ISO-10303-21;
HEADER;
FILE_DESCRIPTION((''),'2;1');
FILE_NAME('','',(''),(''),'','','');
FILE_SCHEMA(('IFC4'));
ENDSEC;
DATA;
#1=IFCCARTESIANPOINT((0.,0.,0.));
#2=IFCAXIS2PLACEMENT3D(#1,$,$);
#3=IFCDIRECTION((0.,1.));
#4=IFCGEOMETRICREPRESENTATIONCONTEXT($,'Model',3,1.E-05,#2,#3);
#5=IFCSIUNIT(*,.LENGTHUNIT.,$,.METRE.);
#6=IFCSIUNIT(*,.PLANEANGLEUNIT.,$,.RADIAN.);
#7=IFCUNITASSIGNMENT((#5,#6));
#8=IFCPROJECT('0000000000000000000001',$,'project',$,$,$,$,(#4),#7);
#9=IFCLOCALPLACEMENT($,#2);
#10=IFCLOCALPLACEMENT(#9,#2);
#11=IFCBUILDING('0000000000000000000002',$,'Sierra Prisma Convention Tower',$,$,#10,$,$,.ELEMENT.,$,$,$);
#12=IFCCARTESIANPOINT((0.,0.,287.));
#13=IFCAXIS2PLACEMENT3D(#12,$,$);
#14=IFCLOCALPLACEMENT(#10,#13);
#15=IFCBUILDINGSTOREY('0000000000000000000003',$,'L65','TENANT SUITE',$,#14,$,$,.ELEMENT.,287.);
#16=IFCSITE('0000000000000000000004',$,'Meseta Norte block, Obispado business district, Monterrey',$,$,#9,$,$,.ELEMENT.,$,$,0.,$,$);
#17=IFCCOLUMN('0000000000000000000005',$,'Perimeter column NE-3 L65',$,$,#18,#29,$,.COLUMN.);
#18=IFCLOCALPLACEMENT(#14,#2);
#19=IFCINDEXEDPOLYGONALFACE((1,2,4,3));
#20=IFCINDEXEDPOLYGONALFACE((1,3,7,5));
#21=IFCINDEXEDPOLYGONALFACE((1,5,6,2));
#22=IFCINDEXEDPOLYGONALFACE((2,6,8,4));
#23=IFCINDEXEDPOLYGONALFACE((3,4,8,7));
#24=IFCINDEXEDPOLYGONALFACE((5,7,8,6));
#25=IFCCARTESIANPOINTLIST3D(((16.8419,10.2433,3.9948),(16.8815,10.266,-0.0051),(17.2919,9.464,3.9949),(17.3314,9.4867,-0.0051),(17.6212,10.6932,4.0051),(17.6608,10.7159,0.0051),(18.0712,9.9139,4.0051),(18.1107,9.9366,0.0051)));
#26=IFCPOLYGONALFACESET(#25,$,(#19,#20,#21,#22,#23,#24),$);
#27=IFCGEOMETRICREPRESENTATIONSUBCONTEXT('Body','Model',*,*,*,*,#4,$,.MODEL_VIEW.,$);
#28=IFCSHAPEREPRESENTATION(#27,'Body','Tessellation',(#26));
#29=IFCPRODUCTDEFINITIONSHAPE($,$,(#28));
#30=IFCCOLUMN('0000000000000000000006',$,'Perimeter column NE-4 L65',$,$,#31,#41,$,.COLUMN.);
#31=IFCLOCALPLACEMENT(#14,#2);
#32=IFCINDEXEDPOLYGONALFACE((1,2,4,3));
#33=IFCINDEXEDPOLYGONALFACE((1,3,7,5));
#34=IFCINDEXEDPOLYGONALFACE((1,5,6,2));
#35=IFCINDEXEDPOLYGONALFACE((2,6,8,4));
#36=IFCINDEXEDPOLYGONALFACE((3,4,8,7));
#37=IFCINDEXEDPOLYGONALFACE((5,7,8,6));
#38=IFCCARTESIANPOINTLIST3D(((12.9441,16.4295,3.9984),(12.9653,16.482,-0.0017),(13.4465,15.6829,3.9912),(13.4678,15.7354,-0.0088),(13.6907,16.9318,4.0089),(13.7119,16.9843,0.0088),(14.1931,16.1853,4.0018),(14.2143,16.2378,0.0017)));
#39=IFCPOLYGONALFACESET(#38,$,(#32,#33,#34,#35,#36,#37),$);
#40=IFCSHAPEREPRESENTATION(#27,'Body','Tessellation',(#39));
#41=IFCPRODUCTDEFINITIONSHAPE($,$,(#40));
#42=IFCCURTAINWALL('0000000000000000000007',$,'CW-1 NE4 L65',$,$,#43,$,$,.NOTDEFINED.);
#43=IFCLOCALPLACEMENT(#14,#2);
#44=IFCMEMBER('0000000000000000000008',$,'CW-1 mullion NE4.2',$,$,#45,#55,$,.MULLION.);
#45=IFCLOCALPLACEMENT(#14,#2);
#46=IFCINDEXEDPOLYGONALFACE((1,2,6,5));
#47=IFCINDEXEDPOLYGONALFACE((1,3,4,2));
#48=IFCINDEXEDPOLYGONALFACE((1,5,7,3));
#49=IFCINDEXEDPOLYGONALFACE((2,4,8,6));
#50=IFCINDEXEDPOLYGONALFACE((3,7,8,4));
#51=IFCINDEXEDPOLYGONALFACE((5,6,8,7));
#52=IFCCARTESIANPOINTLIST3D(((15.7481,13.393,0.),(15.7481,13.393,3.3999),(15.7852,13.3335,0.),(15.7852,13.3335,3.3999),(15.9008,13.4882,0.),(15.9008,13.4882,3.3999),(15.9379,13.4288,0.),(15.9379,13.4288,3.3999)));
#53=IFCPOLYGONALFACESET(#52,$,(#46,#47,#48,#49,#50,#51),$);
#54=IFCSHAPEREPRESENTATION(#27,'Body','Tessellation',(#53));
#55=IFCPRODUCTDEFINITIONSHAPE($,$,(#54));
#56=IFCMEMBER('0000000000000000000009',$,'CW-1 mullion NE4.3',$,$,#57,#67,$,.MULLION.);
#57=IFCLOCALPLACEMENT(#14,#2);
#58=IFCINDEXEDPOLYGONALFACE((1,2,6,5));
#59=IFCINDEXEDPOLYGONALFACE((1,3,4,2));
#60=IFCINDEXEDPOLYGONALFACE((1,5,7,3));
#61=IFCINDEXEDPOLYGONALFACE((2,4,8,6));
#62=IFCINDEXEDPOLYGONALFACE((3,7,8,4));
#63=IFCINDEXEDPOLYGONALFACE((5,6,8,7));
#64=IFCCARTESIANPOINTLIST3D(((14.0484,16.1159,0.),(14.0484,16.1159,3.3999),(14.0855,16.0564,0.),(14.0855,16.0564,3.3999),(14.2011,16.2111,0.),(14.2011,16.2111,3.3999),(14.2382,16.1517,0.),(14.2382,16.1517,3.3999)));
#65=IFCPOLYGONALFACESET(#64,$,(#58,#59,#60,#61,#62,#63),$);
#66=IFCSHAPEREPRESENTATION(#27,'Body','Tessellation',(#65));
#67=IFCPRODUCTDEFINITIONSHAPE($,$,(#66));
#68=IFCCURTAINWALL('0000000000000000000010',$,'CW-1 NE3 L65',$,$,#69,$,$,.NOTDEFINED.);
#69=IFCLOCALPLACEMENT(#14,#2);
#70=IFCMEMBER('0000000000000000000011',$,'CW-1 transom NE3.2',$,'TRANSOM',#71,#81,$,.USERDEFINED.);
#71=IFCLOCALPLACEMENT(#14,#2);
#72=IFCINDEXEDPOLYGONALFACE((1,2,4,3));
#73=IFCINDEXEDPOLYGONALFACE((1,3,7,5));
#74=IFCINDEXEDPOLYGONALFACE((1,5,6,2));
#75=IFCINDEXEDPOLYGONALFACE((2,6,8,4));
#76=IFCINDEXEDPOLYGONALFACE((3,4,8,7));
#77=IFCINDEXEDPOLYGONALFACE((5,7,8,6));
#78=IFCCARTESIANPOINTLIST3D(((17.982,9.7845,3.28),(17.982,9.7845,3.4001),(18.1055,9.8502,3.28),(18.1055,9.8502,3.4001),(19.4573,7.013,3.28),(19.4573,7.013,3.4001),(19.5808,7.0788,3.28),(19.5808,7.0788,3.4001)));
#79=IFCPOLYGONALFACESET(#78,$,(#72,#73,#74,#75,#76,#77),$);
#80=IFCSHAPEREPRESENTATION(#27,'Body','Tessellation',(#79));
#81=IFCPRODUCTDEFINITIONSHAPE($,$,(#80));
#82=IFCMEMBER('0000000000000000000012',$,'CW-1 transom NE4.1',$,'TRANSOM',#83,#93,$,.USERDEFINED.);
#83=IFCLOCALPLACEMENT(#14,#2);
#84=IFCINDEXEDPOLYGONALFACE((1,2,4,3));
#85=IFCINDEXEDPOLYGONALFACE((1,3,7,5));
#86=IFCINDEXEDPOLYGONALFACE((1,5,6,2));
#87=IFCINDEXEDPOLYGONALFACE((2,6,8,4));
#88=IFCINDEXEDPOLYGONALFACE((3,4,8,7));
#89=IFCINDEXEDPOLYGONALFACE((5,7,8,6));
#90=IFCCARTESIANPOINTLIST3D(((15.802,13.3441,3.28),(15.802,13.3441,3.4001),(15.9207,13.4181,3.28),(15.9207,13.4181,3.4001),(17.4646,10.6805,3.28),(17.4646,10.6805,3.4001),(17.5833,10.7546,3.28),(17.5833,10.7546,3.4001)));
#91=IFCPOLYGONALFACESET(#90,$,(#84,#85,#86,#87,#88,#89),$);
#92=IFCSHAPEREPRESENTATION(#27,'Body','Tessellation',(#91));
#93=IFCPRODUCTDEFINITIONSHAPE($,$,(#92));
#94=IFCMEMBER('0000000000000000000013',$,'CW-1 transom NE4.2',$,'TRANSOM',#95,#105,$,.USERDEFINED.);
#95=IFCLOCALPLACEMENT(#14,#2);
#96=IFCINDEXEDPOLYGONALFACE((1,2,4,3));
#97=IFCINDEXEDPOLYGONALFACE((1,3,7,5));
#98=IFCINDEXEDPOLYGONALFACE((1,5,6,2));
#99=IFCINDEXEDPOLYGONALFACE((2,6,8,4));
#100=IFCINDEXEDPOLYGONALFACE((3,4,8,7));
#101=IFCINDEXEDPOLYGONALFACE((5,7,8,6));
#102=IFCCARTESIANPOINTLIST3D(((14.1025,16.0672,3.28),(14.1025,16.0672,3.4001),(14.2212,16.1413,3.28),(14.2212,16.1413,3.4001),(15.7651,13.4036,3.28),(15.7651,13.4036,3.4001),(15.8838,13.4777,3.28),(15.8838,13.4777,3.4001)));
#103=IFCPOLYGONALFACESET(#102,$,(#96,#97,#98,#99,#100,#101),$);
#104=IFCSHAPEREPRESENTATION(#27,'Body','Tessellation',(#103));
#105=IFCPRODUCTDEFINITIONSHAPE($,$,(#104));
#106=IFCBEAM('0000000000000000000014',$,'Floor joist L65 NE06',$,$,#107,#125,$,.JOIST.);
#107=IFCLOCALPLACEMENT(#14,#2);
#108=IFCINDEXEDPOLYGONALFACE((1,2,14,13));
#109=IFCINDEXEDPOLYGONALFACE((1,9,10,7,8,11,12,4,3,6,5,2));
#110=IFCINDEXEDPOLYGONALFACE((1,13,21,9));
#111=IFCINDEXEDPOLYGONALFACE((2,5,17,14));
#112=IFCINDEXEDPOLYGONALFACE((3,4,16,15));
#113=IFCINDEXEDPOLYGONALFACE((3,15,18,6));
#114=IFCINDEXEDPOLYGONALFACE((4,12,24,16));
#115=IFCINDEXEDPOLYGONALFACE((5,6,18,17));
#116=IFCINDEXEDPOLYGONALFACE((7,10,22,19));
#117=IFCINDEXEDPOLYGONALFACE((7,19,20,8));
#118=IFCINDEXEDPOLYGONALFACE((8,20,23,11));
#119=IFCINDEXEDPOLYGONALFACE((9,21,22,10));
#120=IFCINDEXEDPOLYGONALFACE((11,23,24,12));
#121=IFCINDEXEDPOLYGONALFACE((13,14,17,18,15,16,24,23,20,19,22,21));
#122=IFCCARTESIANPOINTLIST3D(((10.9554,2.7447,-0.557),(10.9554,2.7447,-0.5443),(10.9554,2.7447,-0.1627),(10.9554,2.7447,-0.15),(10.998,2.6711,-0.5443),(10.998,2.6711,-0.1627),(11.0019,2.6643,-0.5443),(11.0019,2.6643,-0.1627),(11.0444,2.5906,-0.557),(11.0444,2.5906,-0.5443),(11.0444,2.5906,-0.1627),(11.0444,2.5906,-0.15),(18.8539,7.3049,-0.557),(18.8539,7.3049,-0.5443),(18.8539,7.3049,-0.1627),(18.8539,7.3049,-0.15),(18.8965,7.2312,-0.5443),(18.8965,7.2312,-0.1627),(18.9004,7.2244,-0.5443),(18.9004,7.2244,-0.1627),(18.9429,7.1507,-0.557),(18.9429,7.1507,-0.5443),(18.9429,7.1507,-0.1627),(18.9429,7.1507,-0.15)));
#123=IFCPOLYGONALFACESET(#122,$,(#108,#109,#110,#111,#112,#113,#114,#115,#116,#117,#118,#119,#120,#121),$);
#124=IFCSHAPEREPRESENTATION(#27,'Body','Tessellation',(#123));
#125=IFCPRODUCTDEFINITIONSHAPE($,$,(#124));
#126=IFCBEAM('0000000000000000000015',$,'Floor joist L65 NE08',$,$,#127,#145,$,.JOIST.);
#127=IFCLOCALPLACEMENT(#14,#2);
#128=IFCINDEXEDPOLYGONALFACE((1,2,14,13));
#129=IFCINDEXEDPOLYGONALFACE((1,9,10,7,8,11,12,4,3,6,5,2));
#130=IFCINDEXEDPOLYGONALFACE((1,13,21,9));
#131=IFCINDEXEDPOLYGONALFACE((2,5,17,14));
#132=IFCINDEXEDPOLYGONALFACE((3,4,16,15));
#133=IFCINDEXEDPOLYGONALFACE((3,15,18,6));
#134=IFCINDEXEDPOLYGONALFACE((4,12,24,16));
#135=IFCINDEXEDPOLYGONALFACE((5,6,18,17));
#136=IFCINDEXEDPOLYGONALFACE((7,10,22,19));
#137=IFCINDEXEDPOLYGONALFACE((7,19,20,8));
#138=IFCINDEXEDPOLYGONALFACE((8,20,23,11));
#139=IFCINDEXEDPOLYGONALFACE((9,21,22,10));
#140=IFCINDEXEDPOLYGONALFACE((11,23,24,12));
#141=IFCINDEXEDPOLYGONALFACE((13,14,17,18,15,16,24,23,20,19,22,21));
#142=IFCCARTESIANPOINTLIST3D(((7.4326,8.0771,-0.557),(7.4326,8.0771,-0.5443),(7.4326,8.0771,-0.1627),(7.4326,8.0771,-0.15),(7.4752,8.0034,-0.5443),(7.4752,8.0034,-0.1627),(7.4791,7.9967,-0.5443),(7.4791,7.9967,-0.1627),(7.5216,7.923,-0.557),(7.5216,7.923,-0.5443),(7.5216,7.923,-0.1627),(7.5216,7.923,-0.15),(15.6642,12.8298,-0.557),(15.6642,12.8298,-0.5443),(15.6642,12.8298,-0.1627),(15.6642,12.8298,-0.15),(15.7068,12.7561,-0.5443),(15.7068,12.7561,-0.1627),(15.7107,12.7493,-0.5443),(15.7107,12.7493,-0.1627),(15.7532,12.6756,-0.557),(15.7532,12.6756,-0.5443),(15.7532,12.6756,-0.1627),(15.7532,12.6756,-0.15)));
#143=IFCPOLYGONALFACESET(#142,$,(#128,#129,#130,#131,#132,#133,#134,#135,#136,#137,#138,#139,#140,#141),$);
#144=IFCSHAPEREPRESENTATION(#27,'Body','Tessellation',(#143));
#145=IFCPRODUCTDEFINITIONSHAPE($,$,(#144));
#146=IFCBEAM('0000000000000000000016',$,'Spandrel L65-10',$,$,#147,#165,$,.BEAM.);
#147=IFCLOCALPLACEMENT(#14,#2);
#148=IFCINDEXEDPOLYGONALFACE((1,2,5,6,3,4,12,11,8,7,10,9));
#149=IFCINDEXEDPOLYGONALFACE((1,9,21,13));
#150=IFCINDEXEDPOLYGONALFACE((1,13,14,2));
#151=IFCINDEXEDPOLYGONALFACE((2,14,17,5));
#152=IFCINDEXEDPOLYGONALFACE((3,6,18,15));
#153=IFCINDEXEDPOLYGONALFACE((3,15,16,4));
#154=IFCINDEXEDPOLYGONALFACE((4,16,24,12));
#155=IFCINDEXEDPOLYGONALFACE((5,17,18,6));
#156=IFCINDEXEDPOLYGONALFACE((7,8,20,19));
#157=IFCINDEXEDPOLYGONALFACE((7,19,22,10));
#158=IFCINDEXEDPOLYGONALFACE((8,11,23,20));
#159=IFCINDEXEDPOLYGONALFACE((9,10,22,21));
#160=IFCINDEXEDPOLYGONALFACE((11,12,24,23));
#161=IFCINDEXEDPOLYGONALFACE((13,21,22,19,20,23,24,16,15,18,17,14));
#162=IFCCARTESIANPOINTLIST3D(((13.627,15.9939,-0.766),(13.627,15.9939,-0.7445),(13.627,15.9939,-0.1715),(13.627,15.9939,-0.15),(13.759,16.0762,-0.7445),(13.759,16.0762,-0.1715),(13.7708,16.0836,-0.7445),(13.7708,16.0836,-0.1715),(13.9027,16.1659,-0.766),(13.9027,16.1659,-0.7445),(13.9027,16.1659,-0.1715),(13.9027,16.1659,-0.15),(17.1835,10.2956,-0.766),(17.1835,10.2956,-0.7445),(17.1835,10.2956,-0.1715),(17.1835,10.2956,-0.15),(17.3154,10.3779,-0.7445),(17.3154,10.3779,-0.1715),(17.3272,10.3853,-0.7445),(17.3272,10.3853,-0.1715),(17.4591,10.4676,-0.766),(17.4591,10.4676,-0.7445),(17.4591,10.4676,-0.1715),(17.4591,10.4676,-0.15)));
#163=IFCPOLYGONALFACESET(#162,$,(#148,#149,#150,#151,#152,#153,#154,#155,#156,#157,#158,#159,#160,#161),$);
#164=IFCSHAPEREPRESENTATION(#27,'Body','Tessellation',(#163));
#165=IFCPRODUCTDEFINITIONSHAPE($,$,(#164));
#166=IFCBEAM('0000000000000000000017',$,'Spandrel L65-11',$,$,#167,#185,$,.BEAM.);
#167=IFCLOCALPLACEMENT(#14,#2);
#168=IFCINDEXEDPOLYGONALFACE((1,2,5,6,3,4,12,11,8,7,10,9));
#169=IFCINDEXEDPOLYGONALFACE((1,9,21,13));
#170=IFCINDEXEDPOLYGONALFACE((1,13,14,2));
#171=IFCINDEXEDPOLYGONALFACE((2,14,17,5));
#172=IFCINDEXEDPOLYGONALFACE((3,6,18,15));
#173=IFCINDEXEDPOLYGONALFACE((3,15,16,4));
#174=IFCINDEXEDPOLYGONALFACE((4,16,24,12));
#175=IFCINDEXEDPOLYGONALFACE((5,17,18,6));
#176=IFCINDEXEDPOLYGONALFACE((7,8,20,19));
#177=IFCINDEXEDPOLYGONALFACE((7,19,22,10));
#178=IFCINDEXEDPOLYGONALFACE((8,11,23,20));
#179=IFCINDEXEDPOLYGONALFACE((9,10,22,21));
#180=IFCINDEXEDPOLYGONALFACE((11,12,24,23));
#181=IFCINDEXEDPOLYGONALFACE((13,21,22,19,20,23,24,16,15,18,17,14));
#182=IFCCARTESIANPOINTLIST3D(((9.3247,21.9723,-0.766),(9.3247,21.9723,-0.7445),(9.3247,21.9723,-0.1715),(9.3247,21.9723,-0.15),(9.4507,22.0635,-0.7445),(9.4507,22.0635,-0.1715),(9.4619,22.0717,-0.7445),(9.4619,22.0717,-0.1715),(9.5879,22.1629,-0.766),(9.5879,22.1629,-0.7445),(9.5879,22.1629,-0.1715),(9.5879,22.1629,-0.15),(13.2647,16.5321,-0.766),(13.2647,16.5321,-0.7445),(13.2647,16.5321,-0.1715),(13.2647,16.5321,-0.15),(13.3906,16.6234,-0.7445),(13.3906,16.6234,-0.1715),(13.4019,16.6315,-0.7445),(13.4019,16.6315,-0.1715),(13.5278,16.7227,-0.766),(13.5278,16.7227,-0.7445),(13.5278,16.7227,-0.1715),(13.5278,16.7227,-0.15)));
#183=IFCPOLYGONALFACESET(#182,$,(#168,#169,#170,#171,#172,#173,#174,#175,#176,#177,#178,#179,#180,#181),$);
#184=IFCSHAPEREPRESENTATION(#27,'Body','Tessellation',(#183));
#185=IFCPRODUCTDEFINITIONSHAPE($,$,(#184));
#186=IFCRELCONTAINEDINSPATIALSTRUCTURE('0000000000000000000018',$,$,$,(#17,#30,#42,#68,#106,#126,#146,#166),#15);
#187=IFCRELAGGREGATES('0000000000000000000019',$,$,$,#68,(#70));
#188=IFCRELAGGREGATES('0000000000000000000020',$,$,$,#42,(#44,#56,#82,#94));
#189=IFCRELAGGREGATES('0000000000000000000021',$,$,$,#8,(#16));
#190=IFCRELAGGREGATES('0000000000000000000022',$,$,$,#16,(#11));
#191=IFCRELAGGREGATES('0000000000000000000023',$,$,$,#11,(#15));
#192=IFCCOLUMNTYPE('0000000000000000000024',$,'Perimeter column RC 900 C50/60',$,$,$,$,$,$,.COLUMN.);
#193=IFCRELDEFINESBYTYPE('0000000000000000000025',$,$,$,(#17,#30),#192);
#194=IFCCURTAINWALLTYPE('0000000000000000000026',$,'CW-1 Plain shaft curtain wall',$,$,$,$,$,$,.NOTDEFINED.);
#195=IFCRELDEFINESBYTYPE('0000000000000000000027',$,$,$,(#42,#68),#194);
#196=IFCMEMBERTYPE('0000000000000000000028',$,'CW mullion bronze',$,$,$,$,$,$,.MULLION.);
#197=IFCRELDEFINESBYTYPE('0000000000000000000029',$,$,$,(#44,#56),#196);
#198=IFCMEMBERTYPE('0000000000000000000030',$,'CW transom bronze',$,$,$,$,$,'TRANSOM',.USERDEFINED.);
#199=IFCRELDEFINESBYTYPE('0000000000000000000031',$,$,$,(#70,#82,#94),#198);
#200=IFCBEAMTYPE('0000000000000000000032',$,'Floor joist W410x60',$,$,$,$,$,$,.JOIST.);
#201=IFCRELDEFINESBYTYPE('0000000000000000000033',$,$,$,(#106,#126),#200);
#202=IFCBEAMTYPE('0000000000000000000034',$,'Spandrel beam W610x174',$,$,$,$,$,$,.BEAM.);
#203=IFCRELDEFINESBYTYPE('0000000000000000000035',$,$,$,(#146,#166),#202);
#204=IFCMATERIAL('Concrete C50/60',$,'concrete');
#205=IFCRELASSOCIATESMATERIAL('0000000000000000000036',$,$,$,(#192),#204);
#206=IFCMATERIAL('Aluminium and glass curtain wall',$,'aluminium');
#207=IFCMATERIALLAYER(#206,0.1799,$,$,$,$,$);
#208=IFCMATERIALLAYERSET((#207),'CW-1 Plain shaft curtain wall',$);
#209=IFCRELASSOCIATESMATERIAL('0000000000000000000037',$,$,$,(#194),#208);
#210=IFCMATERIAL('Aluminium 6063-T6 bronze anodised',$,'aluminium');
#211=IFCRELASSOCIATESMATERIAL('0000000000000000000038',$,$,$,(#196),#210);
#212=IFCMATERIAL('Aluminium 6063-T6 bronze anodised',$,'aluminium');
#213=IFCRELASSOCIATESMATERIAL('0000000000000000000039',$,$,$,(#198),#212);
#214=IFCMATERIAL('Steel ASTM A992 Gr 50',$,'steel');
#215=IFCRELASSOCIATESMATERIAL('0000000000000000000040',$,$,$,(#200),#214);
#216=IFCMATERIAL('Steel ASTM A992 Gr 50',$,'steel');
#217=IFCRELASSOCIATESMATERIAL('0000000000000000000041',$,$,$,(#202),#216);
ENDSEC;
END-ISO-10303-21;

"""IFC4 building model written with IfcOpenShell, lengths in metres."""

from ifc_helpers import new_model, si_unit, direction, frame, origin, origin_2d, place, context, subcontext, project, spatial, rectangle, i_section, extrude, material, layer, layer_set, material_profile, profile_set, type_object, element, aggregate, save


model = new_model("IFC4")

# Units and contexts
model_context = context("Model", 3, precision=1e-05, world=origin(), true_north=direction((0.0, 1.0)))
body_context = subcontext(model_context, "Body", "Model", "MODEL_VIEW")
ifc_project = project(units=[si_unit("LENGTHUNIT", "METRE"), si_unit("PLANEANGLEUNIT", "RADIAN")], contexts=[model_context])

# Site, building, storey
site_placement = place(None, origin())
site = spatial("IfcSite", under=ifc_project, at=site_placement, Name="Meseta Norte block, Obispado business district, Monterrey", CompositionType="ELEMENT", RefElevation=0.0)
building_placement = place(site_placement, origin())
building = spatial("IfcBuilding", under=site, at=building_placement, Name="Sierra Prisma Convention Tower", CompositionType="ELEMENT")
storey_placement = place(building_placement, frame((0.0, 0.0, 287.0)))
storey = spatial("IfcBuildingStorey", under=building, at=storey_placement, Name="L65", Description="TENANT SUITE", CompositionType="ELEMENT", Elevation=287.0)

# Columns
ifc_material_1 = material(Name="Concrete C50/60", Category="concrete")
ifc_material_profile_1 = material_profile(ifc_material_1, rectangle(XDim=0.8999, YDim=0.8999, at=origin_2d()), Name="Perimeter column RC 900 C50/60")
ifc_profile_set_1 = profile_set([ifc_material_profile_1], Name="Concrete C50/60")
column_type = type_object("IfcColumnType", Name="Perimeter column RC 900 C50/60", PredefinedType="COLUMN", material=ifc_profile_set_1)
column_1_placement = place(storey_placement, frame((17.4961, 10.1013, 0.0), z_axis=(-0.009887, -0.005676, 0.999935), x_axis=(-0.499976, 0.86604, -0.000028)))
element("IfcColumn", 1, at=column_1_placement, inside=storey, type_object=column_type, Name="Perimeter column NE-3 L65", PredefinedType="COLUMN", context=body_context, shape_type="SweptSolid", body=[
    extrude(rectangle(XDim=0.8999, YDim=0.8999, at=origin_2d()), origin(), (0.0, 0.0, 1.0), 4.0002),
])
column_2_placement = place(storey_placement, frame((13.5898, 16.3599, 0.0), z_axis=(-0.00531, -0.013121, 0.9999), x_axis=(-0.558332, 0.829579, 0.007921)))
element("IfcColumn", 2, at=column_2_placement, inside=storey, type_object=column_type, Name="Perimeter column NE-4 L65", PredefinedType="COLUMN", context=body_context, shape_type="SweptSolid", body=[
    extrude(rectangle(XDim=0.8999, YDim=0.8999, at=origin_2d()), origin(), (0.0, 0.0, 1.0), 4.0005),
])

# Curtain wall, members
ifc_material_2 = material(Name="Aluminium and glass curtain wall", Category="aluminium")
ifc_layer_1 = layer(ifc_material_2, 0.1799)
ifc_layer_set_1 = layer_set([ifc_layer_1], Name="CW-1 Plain shaft curtain wall")
curtain_wall_type = type_object("IfcCurtainWallType", Name="CW-1 Plain shaft curtain wall", PredefinedType="NOTDEFINED", material=ifc_layer_set_1)
curtain_wall_1_placement = place(storey_placement, origin())
curtain_wall_1 = element("IfcCurtainWall", 3, at=curtain_wall_1_placement, inside=storey, type_object=curtain_wall_type, Name="CW-1 NE4 L65", PredefinedType="NOTDEFINED")
ifc_material_3 = material(Name="Aluminium 6063-T6 bronze anodised", Category="aluminium")
ifc_material_profile_2 = material_profile(ifc_material_3, rectangle(XDim=0.1799, YDim=0.0701, at=origin_2d()), Name="ALU MULLION 70x180")
ifc_profile_set_2 = profile_set([ifc_material_profile_2], Name="Aluminium 6063-T6 bronze anodised")
member_type_1 = type_object("IfcMemberType", Name="CW mullion bronze", PredefinedType="MULLION", material=ifc_profile_set_2)
member_1_placement = place(storey_placement, frame((15.843, 13.4109, 0.0), z_axis=(0.0, 0.0, 1.0), x_axis=(-0.84832, -0.529483, 0.0)))
member_1 = element("IfcMember", 4, at=member_1_placement, type_object=member_type_1, Name="CW-1 mullion NE4.2", PredefinedType="MULLION", context=body_context, shape_type="SweptSolid", body=[
    extrude(rectangle(XDim=0.1799, YDim=0.0701, at=origin_2d()), origin(), (0.0, 0.0, 1.0), 3.3999),
])
member_2_placement = place(storey_placement, frame((14.1433, 16.1338, 0.0), z_axis=(0.0, 0.0, 1.0), x_axis=(-0.84832, -0.529483, 0.0)))
member_2 = element("IfcMember", 5, at=member_2_placement, type_object=member_type_1, Name="CW-1 mullion NE4.3", PredefinedType="MULLION", context=body_context, shape_type="SweptSolid", body=[
    extrude(rectangle(XDim=0.1799, YDim=0.0701, at=origin_2d()), origin(), (0.0, 0.0, 1.0), 3.3999),
])

# Curtain wall, member
curtain_wall_2_placement = place(storey_placement, origin())
curtain_wall_2 = element("IfcCurtainWall", 6, at=curtain_wall_2_placement, inside=storey, type_object=curtain_wall_type, Name="CW-1 NE3 L65", PredefinedType="NOTDEFINED")
ifc_material_4 = material(Name="Aluminium 6063-T6 bronze anodised", Category="aluminium")
ifc_material_profile_3 = material_profile(ifc_material_4, rectangle(XDim=0.1399, YDim=0.1201, at=origin_2d()), Name="ALU TRANSOM 120x140")
ifc_profile_set_3 = profile_set([ifc_material_profile_3], Name="Aluminium 6063-T6 bronze anodised")
member_type_2 = type_object("IfcMemberType", Name="CW transom bronze", ElementType="TRANSOM", PredefinedType="USERDEFINED", material=ifc_profile_set_3)
member_3_placement = place(storey_placement, frame((19.519, 7.0459, 3.3401), z_axis=(-0.469898, 0.882721, 0.0), x_axis=(-0.882721, -0.469898, 0.0)))
member_3 = element("IfcMember", 7, at=member_3_placement, type_object=member_type_2, Name="CW-1 transom NE3.2", ObjectType="TRANSOM", PredefinedType="USERDEFINED", context=body_context, shape_type="SweptSolid", body=[
    extrude(rectangle(XDim=0.1399, YDim=0.1201, at=origin_2d()), origin(), (0.0, 0.0, 1.0), 3.1396),
])

# Members
member_4_placement = place(storey_placement, frame((17.5239, 10.7175, 3.3401), z_axis=(-0.52951, 0.848304, 0.0), x_axis=(-0.848304, -0.52951, 0.0)))
member_4 = element("IfcMember", 8, at=member_4_placement, type_object=member_type_2, Name="CW-1 transom NE4.1", ObjectType="TRANSOM", PredefinedType="USERDEFINED", context=body_context, shape_type="SweptSolid", body=[
    extrude(rectangle(XDim=0.1399, YDim=0.1201, at=origin_2d()), origin(), (0.0, 0.0, 1.0), 3.1399),
])
member_5_placement = place(storey_placement, frame((15.8245, 13.4407, 3.3401), z_axis=(-0.52951, 0.848304, 0.0), x_axis=(-0.848304, -0.52951, 0.0)))
member_5 = element("IfcMember", 9, at=member_5_placement, type_object=member_type_2, Name="CW-1 transom NE4.2", ObjectType="TRANSOM", PredefinedType="USERDEFINED", context=body_context, shape_type="SweptSolid", body=[
    extrude(rectangle(XDim=0.1399, YDim=0.1201, at=origin_2d()), origin(), (0.0, 0.0, 1.0), 3.1399),
])

# Beams
ifc_material_5 = material(Name="Steel ASTM A992 Gr 50", Category="steel")
ifc_material_profile_4 = material_profile(ifc_material_5, i_section(OverallWidth=0.178, OverallDepth=0.407, WebThickness=0.0078, FlangeThickness=0.0127, at=origin_2d()), Name="W410x60")
ifc_profile_set_4 = profile_set([ifc_material_profile_4], Name="Steel ASTM A992 Gr 50")
beam_type_1 = type_object("IfcBeamType", Name="Floor joist W410x60", PredefinedType="JOIST", material=ifc_profile_set_4)
beam_1_placement = place(storey_placement, frame((18.8984, 7.2278, -0.3535), z_axis=(-0.86603, -0.499991, 0.0), x_axis=(0.499991, -0.86603, 0.0)))
element("IfcBeam", 10, at=beam_1_placement, inside=storey, type_object=beam_type_1, Name="Floor joist L65 NE06", PredefinedType="JOIST", context=body_context, shape_type="SweptSolid", body=[
    extrude(i_section(OverallWidth=0.178, OverallDepth=0.407, WebThickness=0.0078, FlangeThickness=0.0127, at=origin_2d()), origin(), (0.0, 0.0, 1.0), 9.1204),
])
beam_2_placement = place(storey_placement, frame((15.7087, 12.7527, -0.3535), z_axis=(-0.86602, -0.500009, 0.0), x_axis=(0.500009, -0.86602, 0.0)))
element("IfcBeam", 11, at=beam_2_placement, inside=storey, type_object=beam_type_1, Name="Floor joist L65 NE08", PredefinedType="JOIST", context=body_context, shape_type="SweptSolid", body=[
    extrude(i_section(OverallWidth=0.178, OverallDepth=0.407, WebThickness=0.0078, FlangeThickness=0.0127, at=origin_2d()), origin(), (0.0, 0.0, 1.0), 9.5051),
])
ifc_material_6 = material(Name="Steel ASTM A992 Gr 50", Category="steel")
ifc_material_profile_5 = material_profile(ifc_material_6, i_section(OverallWidth=0.325, OverallDepth=0.616, WebThickness=0.0139, FlangeThickness=0.0215, at=origin_2d()), Name="W610x174")
ifc_profile_set_5 = profile_set([ifc_material_profile_5], Name="Steel ASTM A992 Gr 50")
beam_type_2 = type_object("IfcBeamType", Name="Spandrel beam W610x174", PredefinedType="BEAM", material=ifc_profile_set_5)
for number, where, z_axis, x_axis, name in (
    (12, (17.3213, 10.3816, -0.458), (-0.529463, 0.848333, 0.0), (-0.848333, -0.529463, 0.0), "Spandrel L65-10"),
    (13, (13.3962, 16.6274, -0.458), (-0.586558, 0.809907, 0.0), (-0.809907, -0.586558, 0.0), "Spandrel L65-11"),
):
    element("IfcBeam", number, at=place(storey_placement, frame(where, z_axis=z_axis, x_axis=x_axis)), inside=storey, type_object=beam_type_2, Name=name, PredefinedType="BEAM", context=body_context, shape_type="SweptSolid", body=[
        extrude(i_section(OverallWidth=0.325, OverallDepth=0.616, WebThickness=0.0139, FlangeThickness=0.0215, at=origin_2d()), origin(), (0.0, 0.0, 1.0), 6.717),
    ])

aggregate(curtain_wall_2, [member_3])
aggregate(curtain_wall_1, [member_1, member_2, member_4, member_5])

save(model, "model.ifc")
